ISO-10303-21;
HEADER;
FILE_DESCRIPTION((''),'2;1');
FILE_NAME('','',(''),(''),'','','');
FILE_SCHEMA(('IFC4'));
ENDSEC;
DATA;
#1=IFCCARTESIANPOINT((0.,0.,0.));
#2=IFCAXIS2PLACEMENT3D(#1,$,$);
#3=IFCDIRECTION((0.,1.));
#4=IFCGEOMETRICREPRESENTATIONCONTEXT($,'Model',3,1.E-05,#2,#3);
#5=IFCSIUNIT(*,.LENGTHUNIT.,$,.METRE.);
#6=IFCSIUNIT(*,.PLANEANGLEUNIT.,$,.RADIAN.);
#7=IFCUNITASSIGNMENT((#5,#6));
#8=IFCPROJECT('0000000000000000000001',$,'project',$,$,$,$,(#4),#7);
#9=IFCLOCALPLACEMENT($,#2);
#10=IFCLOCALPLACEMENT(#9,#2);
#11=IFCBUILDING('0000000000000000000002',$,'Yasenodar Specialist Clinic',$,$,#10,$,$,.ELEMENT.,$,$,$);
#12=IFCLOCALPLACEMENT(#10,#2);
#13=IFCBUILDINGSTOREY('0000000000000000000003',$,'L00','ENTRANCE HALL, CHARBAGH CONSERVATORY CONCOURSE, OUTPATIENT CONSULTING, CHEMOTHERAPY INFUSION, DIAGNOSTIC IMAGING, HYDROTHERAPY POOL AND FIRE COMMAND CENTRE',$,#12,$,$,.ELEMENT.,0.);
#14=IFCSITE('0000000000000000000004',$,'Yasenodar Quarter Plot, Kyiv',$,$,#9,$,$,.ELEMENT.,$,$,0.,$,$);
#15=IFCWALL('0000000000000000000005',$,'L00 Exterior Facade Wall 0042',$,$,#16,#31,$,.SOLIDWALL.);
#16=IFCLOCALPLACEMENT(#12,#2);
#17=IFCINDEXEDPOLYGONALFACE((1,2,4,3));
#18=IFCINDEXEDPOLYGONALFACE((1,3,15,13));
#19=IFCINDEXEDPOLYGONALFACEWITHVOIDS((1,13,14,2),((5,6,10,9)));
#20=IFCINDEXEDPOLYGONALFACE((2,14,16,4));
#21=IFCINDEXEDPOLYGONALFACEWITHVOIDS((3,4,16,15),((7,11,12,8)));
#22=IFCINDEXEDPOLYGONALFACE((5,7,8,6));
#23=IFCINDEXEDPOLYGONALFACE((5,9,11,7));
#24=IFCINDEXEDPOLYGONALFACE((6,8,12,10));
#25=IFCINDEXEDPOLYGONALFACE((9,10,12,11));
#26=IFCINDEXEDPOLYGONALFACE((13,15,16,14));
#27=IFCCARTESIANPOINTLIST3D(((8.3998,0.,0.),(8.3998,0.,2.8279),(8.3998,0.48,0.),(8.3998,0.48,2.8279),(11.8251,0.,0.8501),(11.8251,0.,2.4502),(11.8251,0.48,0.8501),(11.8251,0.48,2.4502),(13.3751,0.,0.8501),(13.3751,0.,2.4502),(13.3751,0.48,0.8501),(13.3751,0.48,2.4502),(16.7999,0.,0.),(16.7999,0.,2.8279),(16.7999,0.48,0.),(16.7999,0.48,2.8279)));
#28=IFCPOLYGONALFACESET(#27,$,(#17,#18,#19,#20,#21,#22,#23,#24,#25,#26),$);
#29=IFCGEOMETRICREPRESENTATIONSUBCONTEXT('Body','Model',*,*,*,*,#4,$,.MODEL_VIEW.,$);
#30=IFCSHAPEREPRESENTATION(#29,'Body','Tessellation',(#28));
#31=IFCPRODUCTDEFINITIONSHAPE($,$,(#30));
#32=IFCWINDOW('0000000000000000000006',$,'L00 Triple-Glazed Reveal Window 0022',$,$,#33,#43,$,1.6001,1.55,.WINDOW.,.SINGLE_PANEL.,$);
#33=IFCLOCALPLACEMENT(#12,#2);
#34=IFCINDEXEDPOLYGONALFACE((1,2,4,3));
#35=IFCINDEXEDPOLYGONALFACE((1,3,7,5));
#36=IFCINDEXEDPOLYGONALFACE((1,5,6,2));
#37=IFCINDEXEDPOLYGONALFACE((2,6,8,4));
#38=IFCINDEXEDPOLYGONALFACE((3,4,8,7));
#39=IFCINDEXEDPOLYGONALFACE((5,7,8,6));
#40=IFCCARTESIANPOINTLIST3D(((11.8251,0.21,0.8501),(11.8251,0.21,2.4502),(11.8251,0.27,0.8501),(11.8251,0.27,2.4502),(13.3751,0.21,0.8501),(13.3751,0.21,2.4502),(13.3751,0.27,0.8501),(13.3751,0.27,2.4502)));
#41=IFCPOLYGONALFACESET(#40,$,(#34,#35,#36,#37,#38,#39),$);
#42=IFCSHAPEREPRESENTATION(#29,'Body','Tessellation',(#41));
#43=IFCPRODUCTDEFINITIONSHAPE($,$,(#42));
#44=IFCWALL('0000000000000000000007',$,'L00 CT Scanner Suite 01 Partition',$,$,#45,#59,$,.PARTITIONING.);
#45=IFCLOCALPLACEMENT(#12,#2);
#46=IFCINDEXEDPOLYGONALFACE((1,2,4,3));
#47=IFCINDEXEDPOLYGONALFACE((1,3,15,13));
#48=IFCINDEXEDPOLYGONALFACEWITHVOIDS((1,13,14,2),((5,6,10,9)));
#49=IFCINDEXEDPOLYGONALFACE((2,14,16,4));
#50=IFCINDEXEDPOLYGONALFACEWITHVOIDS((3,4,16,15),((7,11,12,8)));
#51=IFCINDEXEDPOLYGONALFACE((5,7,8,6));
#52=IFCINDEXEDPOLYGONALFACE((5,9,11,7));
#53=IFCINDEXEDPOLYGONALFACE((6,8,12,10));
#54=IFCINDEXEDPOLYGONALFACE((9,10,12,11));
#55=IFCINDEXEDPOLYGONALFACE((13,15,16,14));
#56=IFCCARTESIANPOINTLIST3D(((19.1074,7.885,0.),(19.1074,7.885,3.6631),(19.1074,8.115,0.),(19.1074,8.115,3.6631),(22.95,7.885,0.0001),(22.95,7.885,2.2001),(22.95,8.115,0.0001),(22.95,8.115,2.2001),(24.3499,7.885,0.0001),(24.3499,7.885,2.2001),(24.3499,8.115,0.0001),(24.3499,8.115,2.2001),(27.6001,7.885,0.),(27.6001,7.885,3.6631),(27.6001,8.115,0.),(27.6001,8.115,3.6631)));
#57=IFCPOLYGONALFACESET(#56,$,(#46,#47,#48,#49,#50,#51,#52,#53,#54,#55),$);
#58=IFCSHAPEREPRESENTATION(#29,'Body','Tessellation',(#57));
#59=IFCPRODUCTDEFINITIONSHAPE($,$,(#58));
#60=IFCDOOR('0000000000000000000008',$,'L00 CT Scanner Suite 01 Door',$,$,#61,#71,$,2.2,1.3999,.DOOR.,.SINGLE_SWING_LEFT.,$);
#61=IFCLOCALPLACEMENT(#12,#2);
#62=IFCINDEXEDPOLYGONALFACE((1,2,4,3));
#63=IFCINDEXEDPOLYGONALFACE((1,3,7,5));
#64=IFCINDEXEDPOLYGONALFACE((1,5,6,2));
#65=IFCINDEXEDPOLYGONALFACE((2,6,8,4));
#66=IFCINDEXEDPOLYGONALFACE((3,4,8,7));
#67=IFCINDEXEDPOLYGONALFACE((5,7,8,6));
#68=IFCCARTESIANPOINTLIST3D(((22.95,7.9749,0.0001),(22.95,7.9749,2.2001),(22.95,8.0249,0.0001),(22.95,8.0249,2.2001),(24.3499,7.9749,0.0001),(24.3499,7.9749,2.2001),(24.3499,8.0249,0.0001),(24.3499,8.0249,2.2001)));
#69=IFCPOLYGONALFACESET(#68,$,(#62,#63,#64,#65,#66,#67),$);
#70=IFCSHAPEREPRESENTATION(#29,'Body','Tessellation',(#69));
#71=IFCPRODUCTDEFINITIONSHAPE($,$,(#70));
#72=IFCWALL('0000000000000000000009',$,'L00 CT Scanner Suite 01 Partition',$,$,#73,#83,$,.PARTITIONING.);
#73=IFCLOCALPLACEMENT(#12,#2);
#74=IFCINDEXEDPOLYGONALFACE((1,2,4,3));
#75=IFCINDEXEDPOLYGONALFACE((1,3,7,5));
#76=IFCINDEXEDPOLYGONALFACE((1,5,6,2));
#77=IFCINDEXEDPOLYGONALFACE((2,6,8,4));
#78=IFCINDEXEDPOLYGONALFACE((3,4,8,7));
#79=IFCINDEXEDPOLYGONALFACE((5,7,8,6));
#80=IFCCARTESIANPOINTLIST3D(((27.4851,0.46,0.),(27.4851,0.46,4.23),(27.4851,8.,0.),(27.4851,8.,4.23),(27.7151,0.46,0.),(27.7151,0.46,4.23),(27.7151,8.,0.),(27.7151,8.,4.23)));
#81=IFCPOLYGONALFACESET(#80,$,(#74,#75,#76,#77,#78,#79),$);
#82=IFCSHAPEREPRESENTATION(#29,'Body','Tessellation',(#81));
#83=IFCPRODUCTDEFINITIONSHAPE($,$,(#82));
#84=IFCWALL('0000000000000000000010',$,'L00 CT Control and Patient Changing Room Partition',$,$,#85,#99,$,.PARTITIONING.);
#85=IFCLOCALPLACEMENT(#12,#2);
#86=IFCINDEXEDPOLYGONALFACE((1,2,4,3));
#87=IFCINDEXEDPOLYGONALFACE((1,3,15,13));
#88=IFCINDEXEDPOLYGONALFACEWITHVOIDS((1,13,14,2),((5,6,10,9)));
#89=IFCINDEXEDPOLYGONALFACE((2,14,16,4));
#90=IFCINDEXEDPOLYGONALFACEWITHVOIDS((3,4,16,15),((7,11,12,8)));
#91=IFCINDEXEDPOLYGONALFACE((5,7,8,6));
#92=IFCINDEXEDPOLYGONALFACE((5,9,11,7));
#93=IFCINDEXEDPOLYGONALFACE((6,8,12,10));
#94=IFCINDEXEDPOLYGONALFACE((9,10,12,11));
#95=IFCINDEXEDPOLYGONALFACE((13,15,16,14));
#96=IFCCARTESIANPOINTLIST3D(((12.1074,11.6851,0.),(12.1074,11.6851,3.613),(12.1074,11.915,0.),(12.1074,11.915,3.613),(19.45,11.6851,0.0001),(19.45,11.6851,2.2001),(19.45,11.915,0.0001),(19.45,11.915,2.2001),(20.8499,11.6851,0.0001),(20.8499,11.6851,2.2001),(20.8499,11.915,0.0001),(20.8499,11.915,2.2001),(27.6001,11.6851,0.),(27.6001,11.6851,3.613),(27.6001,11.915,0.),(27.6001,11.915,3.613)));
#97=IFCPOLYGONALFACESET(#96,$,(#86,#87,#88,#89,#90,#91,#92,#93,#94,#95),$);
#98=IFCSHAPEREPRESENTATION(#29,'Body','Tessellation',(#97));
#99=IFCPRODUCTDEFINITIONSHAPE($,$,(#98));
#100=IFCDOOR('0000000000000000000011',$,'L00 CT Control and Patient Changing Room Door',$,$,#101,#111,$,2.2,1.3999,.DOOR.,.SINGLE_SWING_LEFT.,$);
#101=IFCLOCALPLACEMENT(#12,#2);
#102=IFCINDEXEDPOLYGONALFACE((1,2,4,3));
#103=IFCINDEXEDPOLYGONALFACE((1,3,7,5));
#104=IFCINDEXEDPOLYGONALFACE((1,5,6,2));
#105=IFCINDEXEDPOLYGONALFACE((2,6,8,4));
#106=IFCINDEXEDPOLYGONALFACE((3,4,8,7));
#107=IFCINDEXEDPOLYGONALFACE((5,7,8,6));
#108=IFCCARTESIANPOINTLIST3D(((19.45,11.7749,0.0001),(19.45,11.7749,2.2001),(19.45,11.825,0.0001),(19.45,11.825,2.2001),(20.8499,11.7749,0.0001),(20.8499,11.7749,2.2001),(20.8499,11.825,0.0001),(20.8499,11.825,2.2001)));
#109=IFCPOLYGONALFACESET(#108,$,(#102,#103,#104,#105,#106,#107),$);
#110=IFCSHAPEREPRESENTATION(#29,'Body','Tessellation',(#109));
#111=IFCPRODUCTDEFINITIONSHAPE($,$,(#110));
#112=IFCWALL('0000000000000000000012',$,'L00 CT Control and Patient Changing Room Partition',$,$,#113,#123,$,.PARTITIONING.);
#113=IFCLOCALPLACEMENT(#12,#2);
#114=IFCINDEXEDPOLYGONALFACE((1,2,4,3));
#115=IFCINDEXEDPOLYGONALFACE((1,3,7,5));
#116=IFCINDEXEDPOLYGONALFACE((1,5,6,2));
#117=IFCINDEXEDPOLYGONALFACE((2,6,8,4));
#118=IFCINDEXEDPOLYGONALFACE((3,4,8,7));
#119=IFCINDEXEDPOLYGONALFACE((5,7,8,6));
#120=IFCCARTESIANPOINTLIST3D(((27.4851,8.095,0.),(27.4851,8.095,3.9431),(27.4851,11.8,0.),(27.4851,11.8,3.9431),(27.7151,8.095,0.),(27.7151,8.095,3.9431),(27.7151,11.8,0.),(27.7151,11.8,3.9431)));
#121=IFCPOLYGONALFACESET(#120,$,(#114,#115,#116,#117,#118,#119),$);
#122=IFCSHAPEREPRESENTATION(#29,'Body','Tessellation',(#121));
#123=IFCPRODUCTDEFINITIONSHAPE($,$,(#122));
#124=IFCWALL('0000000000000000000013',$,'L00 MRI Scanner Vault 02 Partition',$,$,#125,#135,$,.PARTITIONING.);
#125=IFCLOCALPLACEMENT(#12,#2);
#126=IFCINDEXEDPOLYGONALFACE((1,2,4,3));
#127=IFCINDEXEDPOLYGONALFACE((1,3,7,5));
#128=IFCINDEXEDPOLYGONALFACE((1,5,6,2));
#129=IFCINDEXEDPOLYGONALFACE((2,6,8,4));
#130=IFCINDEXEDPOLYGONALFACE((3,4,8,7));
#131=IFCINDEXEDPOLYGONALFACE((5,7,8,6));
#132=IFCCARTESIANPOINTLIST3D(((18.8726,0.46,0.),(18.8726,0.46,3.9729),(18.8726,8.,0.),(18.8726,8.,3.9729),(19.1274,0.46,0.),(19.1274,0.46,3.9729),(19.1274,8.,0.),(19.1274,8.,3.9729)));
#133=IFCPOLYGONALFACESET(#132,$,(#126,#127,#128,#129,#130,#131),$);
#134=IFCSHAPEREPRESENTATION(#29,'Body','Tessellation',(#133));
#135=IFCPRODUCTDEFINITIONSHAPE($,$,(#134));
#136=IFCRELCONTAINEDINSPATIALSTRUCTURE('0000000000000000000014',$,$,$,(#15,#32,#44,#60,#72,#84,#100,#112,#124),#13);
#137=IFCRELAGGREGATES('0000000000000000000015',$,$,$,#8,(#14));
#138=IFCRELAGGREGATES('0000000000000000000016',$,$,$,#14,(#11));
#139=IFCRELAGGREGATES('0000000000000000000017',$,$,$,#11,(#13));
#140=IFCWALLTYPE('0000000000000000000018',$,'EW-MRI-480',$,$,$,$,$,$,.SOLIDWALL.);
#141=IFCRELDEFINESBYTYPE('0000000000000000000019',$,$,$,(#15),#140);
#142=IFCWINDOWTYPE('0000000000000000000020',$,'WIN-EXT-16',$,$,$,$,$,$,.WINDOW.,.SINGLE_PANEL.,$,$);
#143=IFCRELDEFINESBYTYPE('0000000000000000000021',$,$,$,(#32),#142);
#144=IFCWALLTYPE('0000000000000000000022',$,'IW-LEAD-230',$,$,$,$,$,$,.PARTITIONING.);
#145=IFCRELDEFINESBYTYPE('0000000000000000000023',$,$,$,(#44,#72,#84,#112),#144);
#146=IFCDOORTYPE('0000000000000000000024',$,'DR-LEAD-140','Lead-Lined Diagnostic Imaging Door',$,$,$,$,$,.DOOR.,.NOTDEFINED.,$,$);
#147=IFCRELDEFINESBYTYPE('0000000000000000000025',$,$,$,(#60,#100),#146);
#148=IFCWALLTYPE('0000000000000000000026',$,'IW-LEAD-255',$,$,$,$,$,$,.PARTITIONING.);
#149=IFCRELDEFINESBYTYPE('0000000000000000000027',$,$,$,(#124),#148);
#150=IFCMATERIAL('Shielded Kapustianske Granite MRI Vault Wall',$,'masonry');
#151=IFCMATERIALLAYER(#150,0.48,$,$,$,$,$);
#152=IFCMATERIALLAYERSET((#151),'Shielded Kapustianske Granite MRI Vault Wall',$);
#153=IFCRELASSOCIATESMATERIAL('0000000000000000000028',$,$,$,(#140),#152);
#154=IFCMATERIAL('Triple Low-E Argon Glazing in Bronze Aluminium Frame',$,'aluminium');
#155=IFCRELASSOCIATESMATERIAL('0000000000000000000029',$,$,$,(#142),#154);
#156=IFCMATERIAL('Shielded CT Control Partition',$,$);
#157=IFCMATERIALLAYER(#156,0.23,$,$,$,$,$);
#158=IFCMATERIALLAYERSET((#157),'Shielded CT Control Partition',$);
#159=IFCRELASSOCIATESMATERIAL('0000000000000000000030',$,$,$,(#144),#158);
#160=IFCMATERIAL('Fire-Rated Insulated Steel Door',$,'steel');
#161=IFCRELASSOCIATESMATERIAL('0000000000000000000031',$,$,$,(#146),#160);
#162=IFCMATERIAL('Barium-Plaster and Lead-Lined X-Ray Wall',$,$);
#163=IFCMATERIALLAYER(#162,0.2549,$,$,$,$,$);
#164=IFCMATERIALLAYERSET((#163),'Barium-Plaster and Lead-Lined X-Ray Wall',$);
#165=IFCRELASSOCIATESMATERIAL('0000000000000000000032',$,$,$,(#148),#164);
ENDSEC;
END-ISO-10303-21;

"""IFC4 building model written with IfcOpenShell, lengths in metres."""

from ifc_helpers import new_model, si_unit, direction, frame, frame_2d, origin, place, context, subcontext, project, spatial, rectangle, extrude, material, layer, layer_set, type_object, element, fill, save


model = new_model("IFC4")

# Units and contexts
model_context = context("Model", 3, precision=1e-05, world=origin(), true_north=direction((0.0, 1.0)))
body_context = subcontext(model_context, "Body", "Model", "MODEL_VIEW")
ifc_project = project(units=[si_unit("LENGTHUNIT", "METRE"), si_unit("PLANEANGLEUNIT", "RADIAN")], contexts=[model_context])

# Site, building, storey
site_placement = place(None, origin())
site = spatial("IfcSite", under=ifc_project, at=site_placement, Name="Yasenodar Quarter Plot, Kyiv", CompositionType="ELEMENT", RefElevation=0.0)
building_placement = place(site_placement, origin())
building = spatial("IfcBuilding", under=site, at=building_placement, Name="Yasenodar Specialist Clinic", CompositionType="ELEMENT")
storey_placement = place(building_placement, origin())
storey = spatial("IfcBuildingStorey", under=building, at=storey_placement, Name="L00", Description="ENTRANCE HALL, CHARBAGH CONSERVATORY CONCOURSE, OUTPATIENT CONSULTING, CHEMOTHERAPY INFUSION, DIAGNOSTIC IMAGING, HYDROTHERAPY POOL AND FIRE COMMAND CENTRE", CompositionType="ELEMENT", Elevation=0.0)

# Shared definitions
ifc_material_1 = material(Name="Shielded Kapustianske Granite MRI Vault Wall", Category="masonry")
ifc_layer_1 = layer(ifc_material_1, 0.48)
ifc_layer_set_1 = layer_set([ifc_layer_1], Name="Shielded Kapustianske Granite MRI Vault Wall")
wall_type_1 = type_object("IfcWallType", Name="EW-MRI-480", PredefinedType="SOLIDWALL", material=ifc_layer_set_1)

# Wall, opening, window
wall_1_placement = place(storey_placement, frame((16.8, 0.24, 0.0), z_axis=(0.0, 0.0, 1.0), x_axis=(-1.0, 0.0, 0.0)))
wall_1 = element("IfcWall", 1, at=wall_1_placement, inside=storey, type_object=wall_type_1, Name="L00 Exterior Facade Wall 0042", PredefinedType="SOLIDWALL", context=body_context, shape_type="SweptSolid", body=[
    extrude(rectangle(XDim=8.4001, YDim=0.48, at=frame_2d((4.2002, 0.0))), origin(), (0.0, 0.0, 1.0), 2.8279),
])
opening_1_placement = place(wall_1_placement, frame((3.425, 0.0, 0.8501)))
opening_1 = element("IfcOpeningElement", 2, at=opening_1_placement, cuts=wall_1, PredefinedType="OPENING", context=body_context, shape_type="SweptSolid", body=[
    extrude(rectangle(XDim=1.55, YDim=1.6001, at=frame_2d((0.7749, 0.8))), frame((0.0, 0.25, 0.0), z_axis=(0.0, -1.0, 0.0), x_axis=(1.0, 0.0, 0.0)), (0.0, 0.0, 1.0), 0.5),
])
ifc_material_2 = material(Name="Triple Low-E Argon Glazing in Bronze Aluminium Frame", Category="aluminium")
window_type = type_object("IfcWindowType", Name="WIN-EXT-16", PartitioningType="SINGLE_PANEL", PredefinedType="WINDOW", material=ifc_material_2)
window_placement = place(opening_1_placement, origin())
window = element("IfcWindow", 3, at=window_placement, inside=storey, type_object=window_type, Name="L00 Triple-Glazed Reveal Window 0022", OverallHeight=1.6001, OverallWidth=1.55, PartitioningType="SINGLE_PANEL", PredefinedType="WINDOW", context=body_context, shape_type="SweptSolid", body=[
    extrude(rectangle(XDim=1.55, YDim=1.6001, at=frame_2d((0.7749, 0.8))), frame((0.0, 0.03, 0.0), z_axis=(0.0, -1.0, 0.0), x_axis=(1.0, 0.0, 0.0)), (0.0, 0.0, 1.0), 0.0601),
])
fill(opening_1, window)

# Wall, opening, door
ifc_material_3 = material(Name="Shielded CT Control Partition")
ifc_layer_2 = layer(ifc_material_3, 0.23)
ifc_layer_set_2 = layer_set([ifc_layer_2], Name="Shielded CT Control Partition")
wall_type_2 = type_object("IfcWallType", Name="IW-LEAD-230", PredefinedType="PARTITIONING", material=ifc_layer_set_2)
wall_2_placement = place(storey_placement, frame((19.1074, 8.0, 0.0), z_axis=(0.0, 0.0, 1.0), x_axis=(1.0, 0.0, 0.0)))
wall_2 = element("IfcWall", 4, at=wall_2_placement, inside=storey, type_object=wall_type_2, Name="L00 CT Scanner Suite 01 Partition", PredefinedType="PARTITIONING", context=body_context, shape_type="SweptSolid", body=[
    extrude(rectangle(XDim=8.4927, YDim=0.23, at=frame_2d((4.2463, 0.0))), origin(), (0.0, 0.0, 1.0), 3.6631),
])
opening_2_placement = place(wall_2_placement, frame((3.8425, 0.0, 0.0)))
opening_2 = element("IfcOpeningElement", 5, at=opening_2_placement, cuts=wall_2, PredefinedType="OPENING", context=body_context, shape_type="SweptSolid", body=[
    extrude(rectangle(XDim=1.3999, YDim=2.2, at=frame_2d((0.7, 1.1001))), frame((0.0, 0.125, 0.0), z_axis=(0.0, -1.0, 0.0), x_axis=(1.0, 0.0, 0.0)), (0.0, 0.0, 1.0), 0.25),
])
ifc_material_4 = material(Name="Fire-Rated Insulated Steel Door", Category="steel")
door_type_1 = type_object("IfcDoorType", Name="DR-LEAD-140", Description="Lead-Lined Diagnostic Imaging Door", OperationType="NOTDEFINED", PredefinedType="DOOR", material=ifc_material_4)
door_1_placement = place(opening_2_placement, origin())
door_1 = element("IfcDoor", 6, at=door_1_placement, inside=storey, type_object=door_type_1, Name="L00 CT Scanner Suite 01 Door", OperationType="SINGLE_SWING_LEFT", OverallHeight=2.2, OverallWidth=1.3999, PredefinedType="DOOR", context=body_context, shape_type="SweptSolid", body=[
    extrude(rectangle(XDim=1.3999, YDim=2.2, at=frame_2d((0.7, 1.1001))), frame((0.0, 0.0249, 0.0), z_axis=(0.0, -1.0, 0.0), x_axis=(1.0, 0.0, 0.0)), (0.0, 0.0, 1.0), 0.05),
])
fill(opening_2, door_1)

# Wall
wall_3_placement = place(storey_placement, frame((27.6001, 8.0, 0.0), z_axis=(0.0, 0.0, 1.0), x_axis=(0.0, -1.0, 0.0)))
element("IfcWall", 7, at=wall_3_placement, inside=storey, type_object=wall_type_2, Name="L00 CT Scanner Suite 01 Partition", PredefinedType="PARTITIONING", context=body_context, shape_type="SweptSolid", body=[
    extrude(rectangle(XDim=7.54, YDim=0.23, at=frame_2d((3.77, 0.0))), origin(), (0.0, 0.0, 1.0), 4.23),
])

# Wall, opening, door
wall_4_placement = place(storey_placement, frame((12.1074, 11.8, 0.0), z_axis=(0.0, 0.0, 1.0), x_axis=(1.0, 0.0, 0.0)))
wall_4 = element("IfcWall", 8, at=wall_4_placement, inside=storey, type_object=wall_type_2, Name="L00 CT Control and Patient Changing Room Partition", PredefinedType="PARTITIONING", context=body_context, shape_type="SweptSolid", body=[
    extrude(rectangle(XDim=15.4927, YDim=0.23, at=frame_2d((7.7463, 0.0))), origin(), (0.0, 0.0, 1.0), 3.613),
])
opening_3_placement = place(wall_4_placement, frame((7.3425, 0.0, 0.0)))
opening_3 = element("IfcOpeningElement", 9, at=opening_3_placement, cuts=wall_4, PredefinedType="OPENING", context=body_context, shape_type="SweptSolid", body=[
    extrude(rectangle(XDim=1.3999, YDim=2.2, at=frame_2d((0.7, 1.1001))), frame((0.0, 0.125, 0.0), z_axis=(0.0, -1.0, 0.0), x_axis=(1.0, 0.0, 0.0)), (0.0, 0.0, 1.0), 0.25),
])
door_2_placement = place(opening_3_placement, origin())
door_2 = element("IfcDoor", 10, at=door_2_placement, inside=storey, type_object=door_type_1, Name="L00 CT Control and Patient Changing Room Door", OperationType="SINGLE_SWING_LEFT", OverallHeight=2.2, OverallWidth=1.3999, PredefinedType="DOOR", context=body_context, shape_type="SweptSolid", body=[
    extrude(rectangle(XDim=1.3999, YDim=2.2, at=frame_2d((0.7, 1.1001))), frame((0.0, 0.0249, 0.0), z_axis=(0.0, -1.0, 0.0), x_axis=(1.0, 0.0, 0.0)), (0.0, 0.0, 1.0), 0.05),
])
fill(opening_3, door_2)

# Walls
wall_5_placement = place(storey_placement, frame((27.6001, 11.8, 0.0), z_axis=(0.0, 0.0, 1.0), x_axis=(0.0, -1.0, 0.0)))
element("IfcWall", 11, at=wall_5_placement, inside=storey, type_object=wall_type_2, Name="L00 CT Control and Patient Changing Room Partition", PredefinedType="PARTITIONING", context=body_context, shape_type="SweptSolid", body=[
    extrude(rectangle(XDim=3.7051, YDim=0.23, at=frame_2d((1.8525, 0.0))), origin(), (0.0, 0.0, 1.0), 3.9431),
])
ifc_material_5 = material(Name="Barium-Plaster and Lead-Lined X-Ray Wall")
ifc_layer_3 = layer(ifc_material_5, 0.2549)
ifc_layer_set_3 = layer_set([ifc_layer_3], Name="Barium-Plaster and Lead-Lined X-Ray Wall")
wall_type_3 = type_object("IfcWallType", Name="IW-LEAD-255", PredefinedType="PARTITIONING", material=ifc_layer_set_3)
wall_6_placement = place(storey_placement, frame((19.0, 8.0, 0.0), z_axis=(0.0, 0.0, 1.0), x_axis=(0.0, -1.0, 0.0)))
element("IfcWall", 12, at=wall_6_placement, inside=storey, type_object=wall_type_3, Name="L00 MRI Scanner Vault 02 Partition", PredefinedType="PARTITIONING", context=body_context, shape_type="SweptSolid", body=[
    extrude(rectangle(XDim=7.54, YDim=0.2549, at=frame_2d((3.77, 0.0))), origin(), (0.0, 0.0, 1.0), 3.9729),
])

save(model, "model.ifc")
